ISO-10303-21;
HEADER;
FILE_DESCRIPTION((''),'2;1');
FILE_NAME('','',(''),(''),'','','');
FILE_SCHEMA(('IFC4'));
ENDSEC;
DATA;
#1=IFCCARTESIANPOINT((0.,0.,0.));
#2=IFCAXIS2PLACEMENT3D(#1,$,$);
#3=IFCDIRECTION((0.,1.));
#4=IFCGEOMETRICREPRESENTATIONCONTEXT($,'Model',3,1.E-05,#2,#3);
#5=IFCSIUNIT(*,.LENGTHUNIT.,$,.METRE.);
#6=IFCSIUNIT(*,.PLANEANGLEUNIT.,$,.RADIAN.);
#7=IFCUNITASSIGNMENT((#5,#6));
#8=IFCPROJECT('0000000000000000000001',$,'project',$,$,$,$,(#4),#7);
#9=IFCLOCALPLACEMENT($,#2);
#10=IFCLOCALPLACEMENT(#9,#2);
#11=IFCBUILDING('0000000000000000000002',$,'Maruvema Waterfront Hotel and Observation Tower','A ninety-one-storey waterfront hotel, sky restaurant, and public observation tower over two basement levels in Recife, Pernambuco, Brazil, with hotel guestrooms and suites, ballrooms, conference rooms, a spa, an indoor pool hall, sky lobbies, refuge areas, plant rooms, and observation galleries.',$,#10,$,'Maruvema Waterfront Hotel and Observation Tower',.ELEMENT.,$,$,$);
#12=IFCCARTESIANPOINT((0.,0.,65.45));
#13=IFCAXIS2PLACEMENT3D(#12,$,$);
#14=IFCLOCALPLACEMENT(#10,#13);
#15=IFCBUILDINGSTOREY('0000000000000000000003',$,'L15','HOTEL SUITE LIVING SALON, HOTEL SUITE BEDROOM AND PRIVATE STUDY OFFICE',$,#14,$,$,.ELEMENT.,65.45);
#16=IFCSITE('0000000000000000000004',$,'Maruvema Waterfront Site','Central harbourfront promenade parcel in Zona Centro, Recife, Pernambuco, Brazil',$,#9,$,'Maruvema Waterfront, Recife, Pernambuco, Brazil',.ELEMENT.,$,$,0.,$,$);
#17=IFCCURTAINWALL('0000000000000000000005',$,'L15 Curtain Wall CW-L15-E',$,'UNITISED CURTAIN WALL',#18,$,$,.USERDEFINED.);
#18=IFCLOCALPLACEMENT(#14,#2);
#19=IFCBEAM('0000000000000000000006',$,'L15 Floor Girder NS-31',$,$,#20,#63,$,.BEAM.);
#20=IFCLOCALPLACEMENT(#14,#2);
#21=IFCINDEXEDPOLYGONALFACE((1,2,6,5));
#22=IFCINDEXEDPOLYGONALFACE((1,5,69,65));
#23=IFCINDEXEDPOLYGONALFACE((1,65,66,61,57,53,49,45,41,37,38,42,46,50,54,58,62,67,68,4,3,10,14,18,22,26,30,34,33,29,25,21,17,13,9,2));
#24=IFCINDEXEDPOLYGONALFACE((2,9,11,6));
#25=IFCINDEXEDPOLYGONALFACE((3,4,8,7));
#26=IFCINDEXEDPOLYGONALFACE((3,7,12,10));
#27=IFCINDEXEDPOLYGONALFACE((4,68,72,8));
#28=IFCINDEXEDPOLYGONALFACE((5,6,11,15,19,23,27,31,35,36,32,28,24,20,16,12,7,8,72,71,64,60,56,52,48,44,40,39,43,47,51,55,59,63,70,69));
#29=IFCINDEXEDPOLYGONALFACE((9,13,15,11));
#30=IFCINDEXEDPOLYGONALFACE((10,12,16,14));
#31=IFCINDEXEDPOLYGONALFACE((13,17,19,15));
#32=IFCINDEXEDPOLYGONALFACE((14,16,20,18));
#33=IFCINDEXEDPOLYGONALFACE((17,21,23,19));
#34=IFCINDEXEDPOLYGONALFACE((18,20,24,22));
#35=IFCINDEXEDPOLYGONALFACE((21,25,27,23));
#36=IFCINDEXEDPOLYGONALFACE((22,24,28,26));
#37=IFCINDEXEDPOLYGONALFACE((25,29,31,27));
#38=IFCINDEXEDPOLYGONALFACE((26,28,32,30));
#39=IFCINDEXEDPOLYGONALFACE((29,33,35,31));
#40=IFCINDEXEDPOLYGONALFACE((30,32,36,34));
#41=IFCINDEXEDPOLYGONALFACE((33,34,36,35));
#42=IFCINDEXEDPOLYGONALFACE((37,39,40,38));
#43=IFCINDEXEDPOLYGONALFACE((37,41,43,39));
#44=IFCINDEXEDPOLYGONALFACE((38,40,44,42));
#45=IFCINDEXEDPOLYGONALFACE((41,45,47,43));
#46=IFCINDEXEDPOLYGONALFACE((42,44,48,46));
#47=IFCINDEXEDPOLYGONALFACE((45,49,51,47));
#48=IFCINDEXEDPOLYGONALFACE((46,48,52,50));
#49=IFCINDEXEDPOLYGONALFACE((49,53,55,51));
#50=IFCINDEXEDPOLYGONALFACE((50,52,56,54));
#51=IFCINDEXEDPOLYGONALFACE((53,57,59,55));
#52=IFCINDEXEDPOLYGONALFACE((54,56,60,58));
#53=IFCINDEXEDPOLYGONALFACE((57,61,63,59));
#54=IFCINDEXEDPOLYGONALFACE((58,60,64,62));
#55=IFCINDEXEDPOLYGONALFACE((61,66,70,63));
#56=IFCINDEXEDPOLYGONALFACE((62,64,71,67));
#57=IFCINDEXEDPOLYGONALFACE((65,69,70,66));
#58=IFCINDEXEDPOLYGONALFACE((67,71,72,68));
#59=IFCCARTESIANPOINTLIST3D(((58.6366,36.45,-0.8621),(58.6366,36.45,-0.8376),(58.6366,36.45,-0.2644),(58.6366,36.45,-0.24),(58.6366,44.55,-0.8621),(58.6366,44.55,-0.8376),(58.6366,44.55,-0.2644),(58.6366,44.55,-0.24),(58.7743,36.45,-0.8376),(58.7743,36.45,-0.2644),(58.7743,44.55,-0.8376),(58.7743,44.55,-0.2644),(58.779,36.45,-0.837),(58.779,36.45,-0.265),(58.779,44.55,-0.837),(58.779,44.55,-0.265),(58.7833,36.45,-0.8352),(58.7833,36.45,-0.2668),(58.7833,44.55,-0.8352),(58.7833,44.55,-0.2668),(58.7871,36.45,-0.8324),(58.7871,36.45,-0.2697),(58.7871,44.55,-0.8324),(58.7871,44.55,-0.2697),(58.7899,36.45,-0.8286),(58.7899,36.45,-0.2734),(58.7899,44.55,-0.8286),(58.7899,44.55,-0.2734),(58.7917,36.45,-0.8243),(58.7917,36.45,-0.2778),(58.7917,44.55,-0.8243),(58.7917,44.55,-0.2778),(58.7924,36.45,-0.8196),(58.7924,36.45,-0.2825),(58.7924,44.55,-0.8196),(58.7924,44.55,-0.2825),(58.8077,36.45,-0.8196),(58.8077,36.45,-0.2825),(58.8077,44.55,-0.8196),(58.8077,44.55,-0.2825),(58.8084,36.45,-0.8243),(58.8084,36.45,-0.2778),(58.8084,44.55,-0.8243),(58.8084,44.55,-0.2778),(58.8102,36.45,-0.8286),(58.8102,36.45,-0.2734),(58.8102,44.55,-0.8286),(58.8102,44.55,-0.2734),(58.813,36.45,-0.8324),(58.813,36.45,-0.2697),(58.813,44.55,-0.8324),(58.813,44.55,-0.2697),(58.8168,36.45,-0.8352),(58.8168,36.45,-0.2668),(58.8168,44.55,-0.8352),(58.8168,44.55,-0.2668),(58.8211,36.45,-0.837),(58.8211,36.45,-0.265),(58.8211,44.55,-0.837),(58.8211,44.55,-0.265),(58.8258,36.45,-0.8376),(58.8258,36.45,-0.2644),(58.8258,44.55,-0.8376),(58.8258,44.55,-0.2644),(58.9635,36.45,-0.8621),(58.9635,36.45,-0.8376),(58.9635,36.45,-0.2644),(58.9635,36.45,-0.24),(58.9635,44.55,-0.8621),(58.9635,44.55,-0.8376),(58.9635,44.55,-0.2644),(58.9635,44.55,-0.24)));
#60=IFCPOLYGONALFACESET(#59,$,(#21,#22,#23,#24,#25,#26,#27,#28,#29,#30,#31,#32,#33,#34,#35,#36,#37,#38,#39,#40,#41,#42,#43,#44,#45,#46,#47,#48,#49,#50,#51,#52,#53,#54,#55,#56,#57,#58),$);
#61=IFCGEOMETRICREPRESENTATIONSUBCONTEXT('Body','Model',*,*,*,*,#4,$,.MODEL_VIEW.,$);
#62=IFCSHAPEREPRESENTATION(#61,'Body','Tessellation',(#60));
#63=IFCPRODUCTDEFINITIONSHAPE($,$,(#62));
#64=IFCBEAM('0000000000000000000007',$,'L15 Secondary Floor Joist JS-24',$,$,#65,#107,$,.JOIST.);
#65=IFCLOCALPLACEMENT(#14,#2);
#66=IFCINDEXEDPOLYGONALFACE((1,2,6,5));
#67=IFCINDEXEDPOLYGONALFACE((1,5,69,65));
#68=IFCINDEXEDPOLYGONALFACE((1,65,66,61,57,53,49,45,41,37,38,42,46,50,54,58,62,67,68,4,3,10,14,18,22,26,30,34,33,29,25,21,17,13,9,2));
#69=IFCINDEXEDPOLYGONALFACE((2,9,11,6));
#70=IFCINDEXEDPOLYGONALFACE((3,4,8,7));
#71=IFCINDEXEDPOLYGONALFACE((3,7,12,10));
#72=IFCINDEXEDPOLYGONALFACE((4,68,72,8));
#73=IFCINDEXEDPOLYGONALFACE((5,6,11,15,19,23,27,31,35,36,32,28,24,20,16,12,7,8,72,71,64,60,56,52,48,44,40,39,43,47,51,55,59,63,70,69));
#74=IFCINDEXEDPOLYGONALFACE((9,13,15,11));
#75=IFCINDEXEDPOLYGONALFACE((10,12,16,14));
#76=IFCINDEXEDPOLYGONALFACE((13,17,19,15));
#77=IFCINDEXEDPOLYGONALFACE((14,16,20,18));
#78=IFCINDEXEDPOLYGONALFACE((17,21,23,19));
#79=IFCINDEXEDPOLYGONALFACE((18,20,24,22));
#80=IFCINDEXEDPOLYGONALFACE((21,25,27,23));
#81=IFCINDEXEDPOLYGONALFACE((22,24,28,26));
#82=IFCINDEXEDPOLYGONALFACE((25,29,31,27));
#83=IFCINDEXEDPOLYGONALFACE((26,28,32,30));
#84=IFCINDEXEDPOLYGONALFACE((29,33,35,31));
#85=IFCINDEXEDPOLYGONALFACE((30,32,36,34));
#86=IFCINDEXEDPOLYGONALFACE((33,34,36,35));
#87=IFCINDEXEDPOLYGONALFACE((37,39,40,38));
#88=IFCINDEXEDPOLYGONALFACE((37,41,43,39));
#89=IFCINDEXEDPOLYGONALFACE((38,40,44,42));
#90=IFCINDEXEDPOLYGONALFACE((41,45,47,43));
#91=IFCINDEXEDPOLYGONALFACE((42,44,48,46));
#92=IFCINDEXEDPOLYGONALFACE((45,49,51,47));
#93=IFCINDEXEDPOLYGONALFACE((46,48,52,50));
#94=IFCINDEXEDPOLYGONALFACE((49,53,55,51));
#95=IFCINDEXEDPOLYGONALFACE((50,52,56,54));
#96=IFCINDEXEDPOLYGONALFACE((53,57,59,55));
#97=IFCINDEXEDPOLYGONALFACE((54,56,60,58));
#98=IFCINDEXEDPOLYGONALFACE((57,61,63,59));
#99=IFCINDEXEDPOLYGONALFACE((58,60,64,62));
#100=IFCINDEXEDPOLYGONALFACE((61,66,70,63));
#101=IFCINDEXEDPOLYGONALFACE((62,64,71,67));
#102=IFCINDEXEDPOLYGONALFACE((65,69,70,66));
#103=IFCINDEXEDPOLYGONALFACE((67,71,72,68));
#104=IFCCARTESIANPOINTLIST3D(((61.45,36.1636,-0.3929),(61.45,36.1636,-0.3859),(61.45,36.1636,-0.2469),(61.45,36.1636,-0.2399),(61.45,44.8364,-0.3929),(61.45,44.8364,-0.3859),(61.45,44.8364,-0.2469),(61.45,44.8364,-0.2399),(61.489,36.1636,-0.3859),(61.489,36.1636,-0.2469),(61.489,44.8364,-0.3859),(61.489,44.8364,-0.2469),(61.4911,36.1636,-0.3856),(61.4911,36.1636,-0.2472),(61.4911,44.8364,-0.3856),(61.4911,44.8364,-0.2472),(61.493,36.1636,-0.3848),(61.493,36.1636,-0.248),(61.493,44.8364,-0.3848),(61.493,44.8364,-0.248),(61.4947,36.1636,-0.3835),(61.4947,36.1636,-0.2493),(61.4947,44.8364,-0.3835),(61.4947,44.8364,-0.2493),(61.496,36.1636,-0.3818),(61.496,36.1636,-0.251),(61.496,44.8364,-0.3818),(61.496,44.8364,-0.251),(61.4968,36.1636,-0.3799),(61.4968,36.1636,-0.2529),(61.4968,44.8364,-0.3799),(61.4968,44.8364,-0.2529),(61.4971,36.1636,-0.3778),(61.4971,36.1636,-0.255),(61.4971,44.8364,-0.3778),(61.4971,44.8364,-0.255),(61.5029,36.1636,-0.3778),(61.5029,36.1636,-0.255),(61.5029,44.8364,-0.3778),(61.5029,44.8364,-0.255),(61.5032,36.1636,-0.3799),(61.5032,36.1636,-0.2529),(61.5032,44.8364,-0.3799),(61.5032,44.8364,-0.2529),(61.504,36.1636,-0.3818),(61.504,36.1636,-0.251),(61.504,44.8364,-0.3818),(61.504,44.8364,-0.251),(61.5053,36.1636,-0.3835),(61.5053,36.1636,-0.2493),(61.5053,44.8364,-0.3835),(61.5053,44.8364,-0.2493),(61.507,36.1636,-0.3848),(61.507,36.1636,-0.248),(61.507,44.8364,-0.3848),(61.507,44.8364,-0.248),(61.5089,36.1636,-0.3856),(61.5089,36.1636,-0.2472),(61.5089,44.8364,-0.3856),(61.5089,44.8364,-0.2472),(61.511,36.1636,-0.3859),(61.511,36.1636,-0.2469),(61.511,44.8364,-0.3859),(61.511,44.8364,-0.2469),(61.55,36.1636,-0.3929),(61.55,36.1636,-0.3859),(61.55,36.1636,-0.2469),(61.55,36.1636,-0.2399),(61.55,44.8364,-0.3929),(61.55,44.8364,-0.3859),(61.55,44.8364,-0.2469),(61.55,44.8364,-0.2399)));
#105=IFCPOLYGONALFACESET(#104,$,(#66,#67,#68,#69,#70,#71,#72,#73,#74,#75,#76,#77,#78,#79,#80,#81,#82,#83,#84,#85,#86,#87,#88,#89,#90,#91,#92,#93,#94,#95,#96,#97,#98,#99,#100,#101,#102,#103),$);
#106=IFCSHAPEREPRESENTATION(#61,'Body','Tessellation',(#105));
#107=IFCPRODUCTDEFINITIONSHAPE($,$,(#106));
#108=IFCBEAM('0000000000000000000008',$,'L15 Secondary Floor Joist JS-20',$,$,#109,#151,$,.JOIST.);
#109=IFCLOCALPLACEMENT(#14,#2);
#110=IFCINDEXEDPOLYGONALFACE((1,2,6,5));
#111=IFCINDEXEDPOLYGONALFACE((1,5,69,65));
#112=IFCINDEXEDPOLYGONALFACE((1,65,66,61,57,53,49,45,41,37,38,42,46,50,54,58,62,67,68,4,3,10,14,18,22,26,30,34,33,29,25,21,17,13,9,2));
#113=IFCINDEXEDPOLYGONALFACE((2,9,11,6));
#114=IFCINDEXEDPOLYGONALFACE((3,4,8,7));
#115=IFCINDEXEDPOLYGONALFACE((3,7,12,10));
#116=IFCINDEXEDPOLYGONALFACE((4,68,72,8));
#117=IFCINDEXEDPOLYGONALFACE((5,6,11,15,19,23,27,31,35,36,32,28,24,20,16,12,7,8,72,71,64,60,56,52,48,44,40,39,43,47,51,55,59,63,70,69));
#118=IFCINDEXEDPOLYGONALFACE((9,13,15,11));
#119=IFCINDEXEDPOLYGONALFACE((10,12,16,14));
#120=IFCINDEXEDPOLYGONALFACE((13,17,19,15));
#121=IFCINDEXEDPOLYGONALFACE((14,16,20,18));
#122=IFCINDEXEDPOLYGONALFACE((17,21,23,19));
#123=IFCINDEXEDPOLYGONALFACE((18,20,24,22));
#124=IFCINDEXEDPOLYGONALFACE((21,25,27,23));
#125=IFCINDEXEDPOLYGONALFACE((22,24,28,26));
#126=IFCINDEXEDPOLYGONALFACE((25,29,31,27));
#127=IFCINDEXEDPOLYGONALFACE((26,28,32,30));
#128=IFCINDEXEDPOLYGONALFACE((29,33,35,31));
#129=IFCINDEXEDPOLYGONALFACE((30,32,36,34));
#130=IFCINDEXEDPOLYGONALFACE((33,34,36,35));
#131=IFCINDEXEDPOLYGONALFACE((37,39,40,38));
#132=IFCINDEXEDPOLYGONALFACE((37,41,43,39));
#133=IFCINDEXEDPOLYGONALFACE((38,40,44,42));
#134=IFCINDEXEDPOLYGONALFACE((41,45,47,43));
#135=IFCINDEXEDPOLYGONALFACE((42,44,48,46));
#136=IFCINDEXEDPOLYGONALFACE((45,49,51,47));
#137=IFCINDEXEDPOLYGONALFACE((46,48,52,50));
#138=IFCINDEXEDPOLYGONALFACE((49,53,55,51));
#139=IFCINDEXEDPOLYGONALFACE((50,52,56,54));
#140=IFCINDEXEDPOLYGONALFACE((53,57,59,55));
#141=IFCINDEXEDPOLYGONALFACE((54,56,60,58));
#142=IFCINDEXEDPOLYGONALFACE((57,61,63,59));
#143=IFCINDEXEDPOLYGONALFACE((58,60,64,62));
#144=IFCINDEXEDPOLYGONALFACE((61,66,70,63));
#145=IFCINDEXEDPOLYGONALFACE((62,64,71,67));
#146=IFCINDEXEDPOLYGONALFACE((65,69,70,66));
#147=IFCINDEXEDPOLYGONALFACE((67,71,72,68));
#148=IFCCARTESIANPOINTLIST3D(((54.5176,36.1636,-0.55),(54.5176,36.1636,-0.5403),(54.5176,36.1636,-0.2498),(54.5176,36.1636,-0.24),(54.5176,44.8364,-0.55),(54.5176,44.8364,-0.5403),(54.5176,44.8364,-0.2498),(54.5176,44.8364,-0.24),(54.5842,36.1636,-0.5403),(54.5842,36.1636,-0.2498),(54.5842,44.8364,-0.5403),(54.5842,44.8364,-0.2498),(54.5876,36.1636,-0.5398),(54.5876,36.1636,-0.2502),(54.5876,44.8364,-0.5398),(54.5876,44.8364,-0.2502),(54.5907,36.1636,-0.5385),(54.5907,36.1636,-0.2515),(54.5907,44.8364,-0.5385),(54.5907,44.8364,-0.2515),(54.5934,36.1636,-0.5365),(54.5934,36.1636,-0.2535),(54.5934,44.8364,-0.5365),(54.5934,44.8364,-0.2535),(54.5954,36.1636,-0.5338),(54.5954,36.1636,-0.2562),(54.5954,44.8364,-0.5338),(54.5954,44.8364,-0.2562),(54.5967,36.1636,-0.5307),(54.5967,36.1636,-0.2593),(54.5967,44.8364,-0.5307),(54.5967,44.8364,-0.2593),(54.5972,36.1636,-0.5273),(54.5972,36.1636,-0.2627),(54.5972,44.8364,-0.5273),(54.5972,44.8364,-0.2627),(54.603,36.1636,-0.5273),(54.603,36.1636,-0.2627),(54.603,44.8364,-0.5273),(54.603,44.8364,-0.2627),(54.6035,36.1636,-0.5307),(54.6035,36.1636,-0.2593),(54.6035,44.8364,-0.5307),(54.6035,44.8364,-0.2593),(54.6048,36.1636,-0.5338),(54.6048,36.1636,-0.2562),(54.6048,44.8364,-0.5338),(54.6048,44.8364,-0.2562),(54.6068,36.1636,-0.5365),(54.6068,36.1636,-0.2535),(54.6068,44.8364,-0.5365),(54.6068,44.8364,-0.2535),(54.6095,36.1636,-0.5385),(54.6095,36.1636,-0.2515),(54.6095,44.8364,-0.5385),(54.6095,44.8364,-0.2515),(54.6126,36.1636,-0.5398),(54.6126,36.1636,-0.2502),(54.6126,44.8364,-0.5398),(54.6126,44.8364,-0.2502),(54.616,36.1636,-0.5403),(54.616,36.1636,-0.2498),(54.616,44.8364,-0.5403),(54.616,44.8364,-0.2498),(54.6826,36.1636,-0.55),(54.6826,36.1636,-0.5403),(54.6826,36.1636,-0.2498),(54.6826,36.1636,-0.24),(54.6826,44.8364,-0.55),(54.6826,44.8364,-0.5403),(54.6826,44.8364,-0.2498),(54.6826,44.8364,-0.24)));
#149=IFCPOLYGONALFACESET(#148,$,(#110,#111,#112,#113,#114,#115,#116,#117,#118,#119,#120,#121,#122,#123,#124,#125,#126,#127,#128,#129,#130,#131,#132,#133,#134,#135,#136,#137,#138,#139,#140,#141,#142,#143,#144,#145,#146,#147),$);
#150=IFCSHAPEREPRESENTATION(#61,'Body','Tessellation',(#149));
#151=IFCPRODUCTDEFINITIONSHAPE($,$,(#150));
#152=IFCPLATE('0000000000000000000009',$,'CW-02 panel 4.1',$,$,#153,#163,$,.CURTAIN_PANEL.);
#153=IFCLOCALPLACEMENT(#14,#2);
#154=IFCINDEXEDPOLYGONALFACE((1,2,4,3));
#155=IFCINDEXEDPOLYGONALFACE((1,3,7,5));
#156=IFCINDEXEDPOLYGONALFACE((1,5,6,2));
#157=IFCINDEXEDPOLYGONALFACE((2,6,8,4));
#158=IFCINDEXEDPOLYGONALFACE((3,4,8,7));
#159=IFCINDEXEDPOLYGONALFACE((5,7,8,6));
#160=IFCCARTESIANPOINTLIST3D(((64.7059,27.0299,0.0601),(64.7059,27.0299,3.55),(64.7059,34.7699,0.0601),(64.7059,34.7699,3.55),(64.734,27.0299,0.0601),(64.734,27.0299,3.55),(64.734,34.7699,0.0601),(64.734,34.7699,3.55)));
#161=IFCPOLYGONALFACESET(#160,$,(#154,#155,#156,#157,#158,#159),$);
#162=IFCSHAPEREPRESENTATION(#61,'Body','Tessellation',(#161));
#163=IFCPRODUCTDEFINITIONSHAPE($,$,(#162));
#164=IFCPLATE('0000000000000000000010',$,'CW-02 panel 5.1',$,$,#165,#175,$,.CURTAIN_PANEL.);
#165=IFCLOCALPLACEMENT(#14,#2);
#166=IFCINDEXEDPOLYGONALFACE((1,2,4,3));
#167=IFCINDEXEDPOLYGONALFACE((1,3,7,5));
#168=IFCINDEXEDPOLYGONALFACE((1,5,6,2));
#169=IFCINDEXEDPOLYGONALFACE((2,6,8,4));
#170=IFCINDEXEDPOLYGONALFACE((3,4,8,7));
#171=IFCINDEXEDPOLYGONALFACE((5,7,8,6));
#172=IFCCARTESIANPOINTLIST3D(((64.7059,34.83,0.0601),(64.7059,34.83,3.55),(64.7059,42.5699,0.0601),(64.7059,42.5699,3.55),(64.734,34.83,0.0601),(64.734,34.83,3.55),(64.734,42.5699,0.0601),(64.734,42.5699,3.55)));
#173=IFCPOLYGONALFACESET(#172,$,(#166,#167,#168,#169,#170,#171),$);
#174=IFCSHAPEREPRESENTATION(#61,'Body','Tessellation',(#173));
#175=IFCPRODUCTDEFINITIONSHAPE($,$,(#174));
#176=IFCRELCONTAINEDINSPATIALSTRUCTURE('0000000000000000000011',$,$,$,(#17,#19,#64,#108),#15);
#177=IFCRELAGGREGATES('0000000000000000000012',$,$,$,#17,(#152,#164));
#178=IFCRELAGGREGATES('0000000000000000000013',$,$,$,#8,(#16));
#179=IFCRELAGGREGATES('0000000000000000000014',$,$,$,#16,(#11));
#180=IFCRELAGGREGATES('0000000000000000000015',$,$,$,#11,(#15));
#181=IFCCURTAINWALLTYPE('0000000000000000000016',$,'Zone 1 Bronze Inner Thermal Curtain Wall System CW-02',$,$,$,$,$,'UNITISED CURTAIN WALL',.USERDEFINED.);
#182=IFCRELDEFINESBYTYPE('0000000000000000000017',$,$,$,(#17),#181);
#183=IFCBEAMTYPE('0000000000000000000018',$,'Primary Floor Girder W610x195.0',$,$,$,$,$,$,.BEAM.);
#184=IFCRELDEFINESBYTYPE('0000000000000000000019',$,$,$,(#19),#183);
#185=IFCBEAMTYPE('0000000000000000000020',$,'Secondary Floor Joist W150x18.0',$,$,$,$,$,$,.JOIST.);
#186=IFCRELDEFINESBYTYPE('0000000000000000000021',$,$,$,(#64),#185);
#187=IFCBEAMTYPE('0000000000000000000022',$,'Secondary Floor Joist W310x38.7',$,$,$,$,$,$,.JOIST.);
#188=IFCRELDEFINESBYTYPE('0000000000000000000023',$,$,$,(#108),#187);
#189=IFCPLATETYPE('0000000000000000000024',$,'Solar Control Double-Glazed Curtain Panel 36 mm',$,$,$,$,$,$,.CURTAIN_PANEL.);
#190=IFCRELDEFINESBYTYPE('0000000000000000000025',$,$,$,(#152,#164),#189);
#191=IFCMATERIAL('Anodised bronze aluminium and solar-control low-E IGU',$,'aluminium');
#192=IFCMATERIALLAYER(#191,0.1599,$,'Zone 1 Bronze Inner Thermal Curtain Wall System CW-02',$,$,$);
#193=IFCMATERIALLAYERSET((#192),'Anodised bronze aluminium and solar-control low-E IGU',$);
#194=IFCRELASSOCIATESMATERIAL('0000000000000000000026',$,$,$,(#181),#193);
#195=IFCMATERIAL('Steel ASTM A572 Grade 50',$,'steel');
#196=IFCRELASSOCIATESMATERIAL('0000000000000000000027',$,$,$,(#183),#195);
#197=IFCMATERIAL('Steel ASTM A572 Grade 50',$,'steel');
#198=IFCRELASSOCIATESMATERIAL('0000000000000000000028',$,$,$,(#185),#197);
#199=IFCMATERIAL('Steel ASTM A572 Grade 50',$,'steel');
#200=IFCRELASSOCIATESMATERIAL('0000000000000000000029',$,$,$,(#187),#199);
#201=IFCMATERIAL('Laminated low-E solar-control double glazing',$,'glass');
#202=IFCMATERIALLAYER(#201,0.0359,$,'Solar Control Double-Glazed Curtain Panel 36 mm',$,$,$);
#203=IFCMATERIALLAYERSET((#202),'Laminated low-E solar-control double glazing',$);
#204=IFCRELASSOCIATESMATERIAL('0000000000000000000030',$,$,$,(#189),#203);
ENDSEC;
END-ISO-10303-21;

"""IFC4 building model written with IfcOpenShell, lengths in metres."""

from ifc_helpers import new_model, si_unit, direction, frame, origin, origin_2d, place, context, subcontext, project, spatial, rectangle, i_section, extrude, material, layer, layer_set, material_profile, profile_set, type_object, element, aggregate, save


model = new_model("IFC4")

# Units and contexts
model_context = context("Model", 3, precision=1e-05, world=origin(), true_north=direction((0.0, 1.0)))
body_context = subcontext(model_context, "Body", "Model", "MODEL_VIEW")
ifc_project = project(units=[si_unit("LENGTHUNIT", "METRE"), si_unit("PLANEANGLEUNIT", "RADIAN")], contexts=[model_context])

# Site, building, storey
site_placement = place(None, origin())
site = spatial("IfcSite", under=ifc_project, at=site_placement, Name="Maruvema Waterfront Site", Description="Central harbourfront promenade parcel in Zona Centro, Recife, Pernambuco, Brazil", LongName="Maruvema Waterfront, Recife, Pernambuco, Brazil", CompositionType="ELEMENT", RefElevation=0.0)
building_placement = place(site_placement, origin())
building = spatial("IfcBuilding", under=site, at=building_placement, Name="Maruvema Waterfront Hotel and Observation Tower", Description="A ninety-one-storey waterfront hotel, sky restaurant, and public observation tower over two basement levels in Recife, Pernambuco, Brazil, with hotel guestrooms and suites, ballrooms, conference rooms, a spa, an indoor pool hall, sky lobbies, refuge areas, plant rooms, and observation galleries.", LongName="Maruvema Waterfront Hotel and Observation Tower", CompositionType="ELEMENT")
storey_placement = place(building_placement, frame((0.0, 0.0, 65.45)))
storey = spatial("IfcBuildingStorey", under=building, at=storey_placement, Name="L15", Description="HOTEL SUITE LIVING SALON, HOTEL SUITE BEDROOM AND PRIVATE STUDY OFFICE", CompositionType="ELEMENT", Elevation=65.45)

# Curtain wall
ifc_material_1 = material(Name="Anodised bronze aluminium and solar-control low-E IGU", Category="aluminium")
ifc_layer_1 = layer(ifc_material_1, 0.1599, Name="Zone 1 Bronze Inner Thermal Curtain Wall System CW-02")
ifc_layer_set_1 = layer_set([ifc_layer_1], Name="Anodised bronze aluminium and solar-control low-E IGU")
curtain_wall_type = type_object("IfcCurtainWallType", Name="Zone 1 Bronze Inner Thermal Curtain Wall System CW-02", ElementType="UNITISED CURTAIN WALL", PredefinedType="USERDEFINED", material=ifc_layer_set_1)
curtain_wall_placement = place(storey_placement, origin())
curtain_wall = element("IfcCurtainWall", 1, at=curtain_wall_placement, inside=storey, type_object=curtain_wall_type, Name="L15 Curtain Wall CW-L15-E", ObjectType="UNITISED CURTAIN WALL", PredefinedType="USERDEFINED")

# Beams
ifc_material_2 = material(Name="Steel ASTM A572 Grade 50", Category="steel")
ifc_material_profile_1 = material_profile(ifc_material_2, i_section(OverallWidth=0.3269, OverallDepth=0.6221, WebThickness=0.0154, FlangeThickness=0.0244, FilletRadius=0.0181, at=origin_2d()), Name="W610x195.0")
ifc_profile_set_1 = profile_set([ifc_material_profile_1], Name="Steel ASTM A572 Grade 50")
beam_type_1 = type_object("IfcBeamType", Name="Primary Floor Girder W610x195.0", PredefinedType="BEAM", material=ifc_profile_set_1)
beam_1_placement = place(storey_placement, frame((58.8, 36.45, -0.551), z_axis=(0.0, 1.0, 0.0), x_axis=(-1.0, 0.0, 0.0)))
element("IfcBeam", 2, at=beam_1_placement, inside=storey, type_object=beam_type_1, Name="L15 Floor Girder NS-31", PredefinedType="BEAM", context=body_context, shape_type="SweptSolid", body=[
    extrude(i_section(OverallWidth=0.3269, OverallDepth=0.6221, WebThickness=0.0154, FlangeThickness=0.0244, FilletRadius=0.0181, at=origin_2d()), origin(), (0.0, 0.0, 1.0), 8.1001),
])
ifc_material_3 = material(Name="Steel ASTM A572 Grade 50", Category="steel")
ifc_material_profile_2 = material_profile(ifc_material_3, i_section(OverallWidth=0.1001, OverallDepth=0.1531, WebThickness=0.0059, FlangeThickness=0.0071, FilletRadius=0.0081, at=origin_2d()), Name="W150x18.0")
ifc_profile_set_2 = profile_set([ifc_material_profile_2], Name="Steel ASTM A572 Grade 50")
beam_type_2 = type_object("IfcBeamType", Name="Secondary Floor Joist W150x18.0", PredefinedType="JOIST", material=ifc_profile_set_2)
beam_2_placement = place(storey_placement, frame((61.5, 36.1636, -0.3164), z_axis=(0.0, 1.0, 0.0), x_axis=(-1.0, 0.0, 0.0)))
element("IfcBeam", 3, at=beam_2_placement, inside=storey, type_object=beam_type_2, Name="L15 Secondary Floor Joist JS-24", PredefinedType="JOIST", context=body_context, shape_type="SweptSolid", body=[
    extrude(i_section(OverallWidth=0.1001, OverallDepth=0.1531, WebThickness=0.0059, FlangeThickness=0.0071, FilletRadius=0.0081, at=origin_2d()), origin(), (0.0, 0.0, 1.0), 8.6729),
])
ifc_material_4 = material(Name="Steel ASTM A572 Grade 50", Category="steel")
ifc_material_profile_3 = material_profile(ifc_material_4, i_section(OverallWidth=0.165, OverallDepth=0.3101, WebThickness=0.0059, FlangeThickness=0.0098, FilletRadius=0.0129, at=origin_2d()), Name="W310x38.7")
ifc_profile_set_3 = profile_set([ifc_material_profile_3], Name="Steel ASTM A572 Grade 50")
beam_type_3 = type_object("IfcBeamType", Name="Secondary Floor Joist W310x38.7", PredefinedType="JOIST", material=ifc_profile_set_3)
beam_3_placement = place(storey_placement, frame((54.6001, 36.1636, -0.395), z_axis=(0.0, 1.0, 0.0), x_axis=(-1.0, 0.0, 0.0)))
element("IfcBeam", 4, at=beam_3_placement, inside=storey, type_object=beam_type_3, Name="L15 Secondary Floor Joist JS-20", PredefinedType="JOIST", context=body_context, shape_type="SweptSolid", body=[
    extrude(i_section(OverallWidth=0.165, OverallDepth=0.3101, WebThickness=0.0059, FlangeThickness=0.0098, FilletRadius=0.0129, at=origin_2d()), origin(), (0.0, 0.0, 1.0), 8.6729),
])

# Plates
ifc_material_5 = material(Name="Laminated low-E solar-control double glazing", Category="glass")
ifc_layer_2 = layer(ifc_material_5, 0.0359, Name="Solar Control Double-Glazed Curtain Panel 36 mm")
ifc_layer_set_2 = layer_set([ifc_layer_2], Name="Laminated low-E solar-control double glazing")
plate_type = type_object("IfcPlateType", Name="Solar Control Double-Glazed Curtain Panel 36 mm", PredefinedType="CURTAIN_PANEL", material=ifc_layer_set_2)
plate_1_placement = place(storey_placement, frame((64.72, 30.8999, 0.0601), z_axis=(0.0, 0.0, 1.0), x_axis=(0.0, 1.0, 0.0)))
plate_1 = element("IfcPlate", 5, at=plate_1_placement, type_object=plate_type, Name="CW-02 panel 4.1", PredefinedType="CURTAIN_PANEL", context=body_context, shape_type="SweptSolid", body=[
    extrude(rectangle(XDim=7.74, YDim=0.0281, at=origin_2d()), origin(), (0.0, 0.0, 1.0), 3.49),
])
plate_2_placement = place(storey_placement, frame((64.72, 38.7, 0.0601), z_axis=(0.0, 0.0, 1.0), x_axis=(0.0, 1.0, 0.0)))
plate_2 = element("IfcPlate", 6, at=plate_2_placement, type_object=plate_type, Name="CW-02 panel 5.1", PredefinedType="CURTAIN_PANEL", context=body_context, shape_type="SweptSolid", body=[
    extrude(rectangle(XDim=7.74, YDim=0.0281, at=origin_2d()), origin(), (0.0, 0.0, 1.0), 3.49),
])
aggregate(curtain_wall, [plate_1, plate_2])

save(model, "model.ifc")
